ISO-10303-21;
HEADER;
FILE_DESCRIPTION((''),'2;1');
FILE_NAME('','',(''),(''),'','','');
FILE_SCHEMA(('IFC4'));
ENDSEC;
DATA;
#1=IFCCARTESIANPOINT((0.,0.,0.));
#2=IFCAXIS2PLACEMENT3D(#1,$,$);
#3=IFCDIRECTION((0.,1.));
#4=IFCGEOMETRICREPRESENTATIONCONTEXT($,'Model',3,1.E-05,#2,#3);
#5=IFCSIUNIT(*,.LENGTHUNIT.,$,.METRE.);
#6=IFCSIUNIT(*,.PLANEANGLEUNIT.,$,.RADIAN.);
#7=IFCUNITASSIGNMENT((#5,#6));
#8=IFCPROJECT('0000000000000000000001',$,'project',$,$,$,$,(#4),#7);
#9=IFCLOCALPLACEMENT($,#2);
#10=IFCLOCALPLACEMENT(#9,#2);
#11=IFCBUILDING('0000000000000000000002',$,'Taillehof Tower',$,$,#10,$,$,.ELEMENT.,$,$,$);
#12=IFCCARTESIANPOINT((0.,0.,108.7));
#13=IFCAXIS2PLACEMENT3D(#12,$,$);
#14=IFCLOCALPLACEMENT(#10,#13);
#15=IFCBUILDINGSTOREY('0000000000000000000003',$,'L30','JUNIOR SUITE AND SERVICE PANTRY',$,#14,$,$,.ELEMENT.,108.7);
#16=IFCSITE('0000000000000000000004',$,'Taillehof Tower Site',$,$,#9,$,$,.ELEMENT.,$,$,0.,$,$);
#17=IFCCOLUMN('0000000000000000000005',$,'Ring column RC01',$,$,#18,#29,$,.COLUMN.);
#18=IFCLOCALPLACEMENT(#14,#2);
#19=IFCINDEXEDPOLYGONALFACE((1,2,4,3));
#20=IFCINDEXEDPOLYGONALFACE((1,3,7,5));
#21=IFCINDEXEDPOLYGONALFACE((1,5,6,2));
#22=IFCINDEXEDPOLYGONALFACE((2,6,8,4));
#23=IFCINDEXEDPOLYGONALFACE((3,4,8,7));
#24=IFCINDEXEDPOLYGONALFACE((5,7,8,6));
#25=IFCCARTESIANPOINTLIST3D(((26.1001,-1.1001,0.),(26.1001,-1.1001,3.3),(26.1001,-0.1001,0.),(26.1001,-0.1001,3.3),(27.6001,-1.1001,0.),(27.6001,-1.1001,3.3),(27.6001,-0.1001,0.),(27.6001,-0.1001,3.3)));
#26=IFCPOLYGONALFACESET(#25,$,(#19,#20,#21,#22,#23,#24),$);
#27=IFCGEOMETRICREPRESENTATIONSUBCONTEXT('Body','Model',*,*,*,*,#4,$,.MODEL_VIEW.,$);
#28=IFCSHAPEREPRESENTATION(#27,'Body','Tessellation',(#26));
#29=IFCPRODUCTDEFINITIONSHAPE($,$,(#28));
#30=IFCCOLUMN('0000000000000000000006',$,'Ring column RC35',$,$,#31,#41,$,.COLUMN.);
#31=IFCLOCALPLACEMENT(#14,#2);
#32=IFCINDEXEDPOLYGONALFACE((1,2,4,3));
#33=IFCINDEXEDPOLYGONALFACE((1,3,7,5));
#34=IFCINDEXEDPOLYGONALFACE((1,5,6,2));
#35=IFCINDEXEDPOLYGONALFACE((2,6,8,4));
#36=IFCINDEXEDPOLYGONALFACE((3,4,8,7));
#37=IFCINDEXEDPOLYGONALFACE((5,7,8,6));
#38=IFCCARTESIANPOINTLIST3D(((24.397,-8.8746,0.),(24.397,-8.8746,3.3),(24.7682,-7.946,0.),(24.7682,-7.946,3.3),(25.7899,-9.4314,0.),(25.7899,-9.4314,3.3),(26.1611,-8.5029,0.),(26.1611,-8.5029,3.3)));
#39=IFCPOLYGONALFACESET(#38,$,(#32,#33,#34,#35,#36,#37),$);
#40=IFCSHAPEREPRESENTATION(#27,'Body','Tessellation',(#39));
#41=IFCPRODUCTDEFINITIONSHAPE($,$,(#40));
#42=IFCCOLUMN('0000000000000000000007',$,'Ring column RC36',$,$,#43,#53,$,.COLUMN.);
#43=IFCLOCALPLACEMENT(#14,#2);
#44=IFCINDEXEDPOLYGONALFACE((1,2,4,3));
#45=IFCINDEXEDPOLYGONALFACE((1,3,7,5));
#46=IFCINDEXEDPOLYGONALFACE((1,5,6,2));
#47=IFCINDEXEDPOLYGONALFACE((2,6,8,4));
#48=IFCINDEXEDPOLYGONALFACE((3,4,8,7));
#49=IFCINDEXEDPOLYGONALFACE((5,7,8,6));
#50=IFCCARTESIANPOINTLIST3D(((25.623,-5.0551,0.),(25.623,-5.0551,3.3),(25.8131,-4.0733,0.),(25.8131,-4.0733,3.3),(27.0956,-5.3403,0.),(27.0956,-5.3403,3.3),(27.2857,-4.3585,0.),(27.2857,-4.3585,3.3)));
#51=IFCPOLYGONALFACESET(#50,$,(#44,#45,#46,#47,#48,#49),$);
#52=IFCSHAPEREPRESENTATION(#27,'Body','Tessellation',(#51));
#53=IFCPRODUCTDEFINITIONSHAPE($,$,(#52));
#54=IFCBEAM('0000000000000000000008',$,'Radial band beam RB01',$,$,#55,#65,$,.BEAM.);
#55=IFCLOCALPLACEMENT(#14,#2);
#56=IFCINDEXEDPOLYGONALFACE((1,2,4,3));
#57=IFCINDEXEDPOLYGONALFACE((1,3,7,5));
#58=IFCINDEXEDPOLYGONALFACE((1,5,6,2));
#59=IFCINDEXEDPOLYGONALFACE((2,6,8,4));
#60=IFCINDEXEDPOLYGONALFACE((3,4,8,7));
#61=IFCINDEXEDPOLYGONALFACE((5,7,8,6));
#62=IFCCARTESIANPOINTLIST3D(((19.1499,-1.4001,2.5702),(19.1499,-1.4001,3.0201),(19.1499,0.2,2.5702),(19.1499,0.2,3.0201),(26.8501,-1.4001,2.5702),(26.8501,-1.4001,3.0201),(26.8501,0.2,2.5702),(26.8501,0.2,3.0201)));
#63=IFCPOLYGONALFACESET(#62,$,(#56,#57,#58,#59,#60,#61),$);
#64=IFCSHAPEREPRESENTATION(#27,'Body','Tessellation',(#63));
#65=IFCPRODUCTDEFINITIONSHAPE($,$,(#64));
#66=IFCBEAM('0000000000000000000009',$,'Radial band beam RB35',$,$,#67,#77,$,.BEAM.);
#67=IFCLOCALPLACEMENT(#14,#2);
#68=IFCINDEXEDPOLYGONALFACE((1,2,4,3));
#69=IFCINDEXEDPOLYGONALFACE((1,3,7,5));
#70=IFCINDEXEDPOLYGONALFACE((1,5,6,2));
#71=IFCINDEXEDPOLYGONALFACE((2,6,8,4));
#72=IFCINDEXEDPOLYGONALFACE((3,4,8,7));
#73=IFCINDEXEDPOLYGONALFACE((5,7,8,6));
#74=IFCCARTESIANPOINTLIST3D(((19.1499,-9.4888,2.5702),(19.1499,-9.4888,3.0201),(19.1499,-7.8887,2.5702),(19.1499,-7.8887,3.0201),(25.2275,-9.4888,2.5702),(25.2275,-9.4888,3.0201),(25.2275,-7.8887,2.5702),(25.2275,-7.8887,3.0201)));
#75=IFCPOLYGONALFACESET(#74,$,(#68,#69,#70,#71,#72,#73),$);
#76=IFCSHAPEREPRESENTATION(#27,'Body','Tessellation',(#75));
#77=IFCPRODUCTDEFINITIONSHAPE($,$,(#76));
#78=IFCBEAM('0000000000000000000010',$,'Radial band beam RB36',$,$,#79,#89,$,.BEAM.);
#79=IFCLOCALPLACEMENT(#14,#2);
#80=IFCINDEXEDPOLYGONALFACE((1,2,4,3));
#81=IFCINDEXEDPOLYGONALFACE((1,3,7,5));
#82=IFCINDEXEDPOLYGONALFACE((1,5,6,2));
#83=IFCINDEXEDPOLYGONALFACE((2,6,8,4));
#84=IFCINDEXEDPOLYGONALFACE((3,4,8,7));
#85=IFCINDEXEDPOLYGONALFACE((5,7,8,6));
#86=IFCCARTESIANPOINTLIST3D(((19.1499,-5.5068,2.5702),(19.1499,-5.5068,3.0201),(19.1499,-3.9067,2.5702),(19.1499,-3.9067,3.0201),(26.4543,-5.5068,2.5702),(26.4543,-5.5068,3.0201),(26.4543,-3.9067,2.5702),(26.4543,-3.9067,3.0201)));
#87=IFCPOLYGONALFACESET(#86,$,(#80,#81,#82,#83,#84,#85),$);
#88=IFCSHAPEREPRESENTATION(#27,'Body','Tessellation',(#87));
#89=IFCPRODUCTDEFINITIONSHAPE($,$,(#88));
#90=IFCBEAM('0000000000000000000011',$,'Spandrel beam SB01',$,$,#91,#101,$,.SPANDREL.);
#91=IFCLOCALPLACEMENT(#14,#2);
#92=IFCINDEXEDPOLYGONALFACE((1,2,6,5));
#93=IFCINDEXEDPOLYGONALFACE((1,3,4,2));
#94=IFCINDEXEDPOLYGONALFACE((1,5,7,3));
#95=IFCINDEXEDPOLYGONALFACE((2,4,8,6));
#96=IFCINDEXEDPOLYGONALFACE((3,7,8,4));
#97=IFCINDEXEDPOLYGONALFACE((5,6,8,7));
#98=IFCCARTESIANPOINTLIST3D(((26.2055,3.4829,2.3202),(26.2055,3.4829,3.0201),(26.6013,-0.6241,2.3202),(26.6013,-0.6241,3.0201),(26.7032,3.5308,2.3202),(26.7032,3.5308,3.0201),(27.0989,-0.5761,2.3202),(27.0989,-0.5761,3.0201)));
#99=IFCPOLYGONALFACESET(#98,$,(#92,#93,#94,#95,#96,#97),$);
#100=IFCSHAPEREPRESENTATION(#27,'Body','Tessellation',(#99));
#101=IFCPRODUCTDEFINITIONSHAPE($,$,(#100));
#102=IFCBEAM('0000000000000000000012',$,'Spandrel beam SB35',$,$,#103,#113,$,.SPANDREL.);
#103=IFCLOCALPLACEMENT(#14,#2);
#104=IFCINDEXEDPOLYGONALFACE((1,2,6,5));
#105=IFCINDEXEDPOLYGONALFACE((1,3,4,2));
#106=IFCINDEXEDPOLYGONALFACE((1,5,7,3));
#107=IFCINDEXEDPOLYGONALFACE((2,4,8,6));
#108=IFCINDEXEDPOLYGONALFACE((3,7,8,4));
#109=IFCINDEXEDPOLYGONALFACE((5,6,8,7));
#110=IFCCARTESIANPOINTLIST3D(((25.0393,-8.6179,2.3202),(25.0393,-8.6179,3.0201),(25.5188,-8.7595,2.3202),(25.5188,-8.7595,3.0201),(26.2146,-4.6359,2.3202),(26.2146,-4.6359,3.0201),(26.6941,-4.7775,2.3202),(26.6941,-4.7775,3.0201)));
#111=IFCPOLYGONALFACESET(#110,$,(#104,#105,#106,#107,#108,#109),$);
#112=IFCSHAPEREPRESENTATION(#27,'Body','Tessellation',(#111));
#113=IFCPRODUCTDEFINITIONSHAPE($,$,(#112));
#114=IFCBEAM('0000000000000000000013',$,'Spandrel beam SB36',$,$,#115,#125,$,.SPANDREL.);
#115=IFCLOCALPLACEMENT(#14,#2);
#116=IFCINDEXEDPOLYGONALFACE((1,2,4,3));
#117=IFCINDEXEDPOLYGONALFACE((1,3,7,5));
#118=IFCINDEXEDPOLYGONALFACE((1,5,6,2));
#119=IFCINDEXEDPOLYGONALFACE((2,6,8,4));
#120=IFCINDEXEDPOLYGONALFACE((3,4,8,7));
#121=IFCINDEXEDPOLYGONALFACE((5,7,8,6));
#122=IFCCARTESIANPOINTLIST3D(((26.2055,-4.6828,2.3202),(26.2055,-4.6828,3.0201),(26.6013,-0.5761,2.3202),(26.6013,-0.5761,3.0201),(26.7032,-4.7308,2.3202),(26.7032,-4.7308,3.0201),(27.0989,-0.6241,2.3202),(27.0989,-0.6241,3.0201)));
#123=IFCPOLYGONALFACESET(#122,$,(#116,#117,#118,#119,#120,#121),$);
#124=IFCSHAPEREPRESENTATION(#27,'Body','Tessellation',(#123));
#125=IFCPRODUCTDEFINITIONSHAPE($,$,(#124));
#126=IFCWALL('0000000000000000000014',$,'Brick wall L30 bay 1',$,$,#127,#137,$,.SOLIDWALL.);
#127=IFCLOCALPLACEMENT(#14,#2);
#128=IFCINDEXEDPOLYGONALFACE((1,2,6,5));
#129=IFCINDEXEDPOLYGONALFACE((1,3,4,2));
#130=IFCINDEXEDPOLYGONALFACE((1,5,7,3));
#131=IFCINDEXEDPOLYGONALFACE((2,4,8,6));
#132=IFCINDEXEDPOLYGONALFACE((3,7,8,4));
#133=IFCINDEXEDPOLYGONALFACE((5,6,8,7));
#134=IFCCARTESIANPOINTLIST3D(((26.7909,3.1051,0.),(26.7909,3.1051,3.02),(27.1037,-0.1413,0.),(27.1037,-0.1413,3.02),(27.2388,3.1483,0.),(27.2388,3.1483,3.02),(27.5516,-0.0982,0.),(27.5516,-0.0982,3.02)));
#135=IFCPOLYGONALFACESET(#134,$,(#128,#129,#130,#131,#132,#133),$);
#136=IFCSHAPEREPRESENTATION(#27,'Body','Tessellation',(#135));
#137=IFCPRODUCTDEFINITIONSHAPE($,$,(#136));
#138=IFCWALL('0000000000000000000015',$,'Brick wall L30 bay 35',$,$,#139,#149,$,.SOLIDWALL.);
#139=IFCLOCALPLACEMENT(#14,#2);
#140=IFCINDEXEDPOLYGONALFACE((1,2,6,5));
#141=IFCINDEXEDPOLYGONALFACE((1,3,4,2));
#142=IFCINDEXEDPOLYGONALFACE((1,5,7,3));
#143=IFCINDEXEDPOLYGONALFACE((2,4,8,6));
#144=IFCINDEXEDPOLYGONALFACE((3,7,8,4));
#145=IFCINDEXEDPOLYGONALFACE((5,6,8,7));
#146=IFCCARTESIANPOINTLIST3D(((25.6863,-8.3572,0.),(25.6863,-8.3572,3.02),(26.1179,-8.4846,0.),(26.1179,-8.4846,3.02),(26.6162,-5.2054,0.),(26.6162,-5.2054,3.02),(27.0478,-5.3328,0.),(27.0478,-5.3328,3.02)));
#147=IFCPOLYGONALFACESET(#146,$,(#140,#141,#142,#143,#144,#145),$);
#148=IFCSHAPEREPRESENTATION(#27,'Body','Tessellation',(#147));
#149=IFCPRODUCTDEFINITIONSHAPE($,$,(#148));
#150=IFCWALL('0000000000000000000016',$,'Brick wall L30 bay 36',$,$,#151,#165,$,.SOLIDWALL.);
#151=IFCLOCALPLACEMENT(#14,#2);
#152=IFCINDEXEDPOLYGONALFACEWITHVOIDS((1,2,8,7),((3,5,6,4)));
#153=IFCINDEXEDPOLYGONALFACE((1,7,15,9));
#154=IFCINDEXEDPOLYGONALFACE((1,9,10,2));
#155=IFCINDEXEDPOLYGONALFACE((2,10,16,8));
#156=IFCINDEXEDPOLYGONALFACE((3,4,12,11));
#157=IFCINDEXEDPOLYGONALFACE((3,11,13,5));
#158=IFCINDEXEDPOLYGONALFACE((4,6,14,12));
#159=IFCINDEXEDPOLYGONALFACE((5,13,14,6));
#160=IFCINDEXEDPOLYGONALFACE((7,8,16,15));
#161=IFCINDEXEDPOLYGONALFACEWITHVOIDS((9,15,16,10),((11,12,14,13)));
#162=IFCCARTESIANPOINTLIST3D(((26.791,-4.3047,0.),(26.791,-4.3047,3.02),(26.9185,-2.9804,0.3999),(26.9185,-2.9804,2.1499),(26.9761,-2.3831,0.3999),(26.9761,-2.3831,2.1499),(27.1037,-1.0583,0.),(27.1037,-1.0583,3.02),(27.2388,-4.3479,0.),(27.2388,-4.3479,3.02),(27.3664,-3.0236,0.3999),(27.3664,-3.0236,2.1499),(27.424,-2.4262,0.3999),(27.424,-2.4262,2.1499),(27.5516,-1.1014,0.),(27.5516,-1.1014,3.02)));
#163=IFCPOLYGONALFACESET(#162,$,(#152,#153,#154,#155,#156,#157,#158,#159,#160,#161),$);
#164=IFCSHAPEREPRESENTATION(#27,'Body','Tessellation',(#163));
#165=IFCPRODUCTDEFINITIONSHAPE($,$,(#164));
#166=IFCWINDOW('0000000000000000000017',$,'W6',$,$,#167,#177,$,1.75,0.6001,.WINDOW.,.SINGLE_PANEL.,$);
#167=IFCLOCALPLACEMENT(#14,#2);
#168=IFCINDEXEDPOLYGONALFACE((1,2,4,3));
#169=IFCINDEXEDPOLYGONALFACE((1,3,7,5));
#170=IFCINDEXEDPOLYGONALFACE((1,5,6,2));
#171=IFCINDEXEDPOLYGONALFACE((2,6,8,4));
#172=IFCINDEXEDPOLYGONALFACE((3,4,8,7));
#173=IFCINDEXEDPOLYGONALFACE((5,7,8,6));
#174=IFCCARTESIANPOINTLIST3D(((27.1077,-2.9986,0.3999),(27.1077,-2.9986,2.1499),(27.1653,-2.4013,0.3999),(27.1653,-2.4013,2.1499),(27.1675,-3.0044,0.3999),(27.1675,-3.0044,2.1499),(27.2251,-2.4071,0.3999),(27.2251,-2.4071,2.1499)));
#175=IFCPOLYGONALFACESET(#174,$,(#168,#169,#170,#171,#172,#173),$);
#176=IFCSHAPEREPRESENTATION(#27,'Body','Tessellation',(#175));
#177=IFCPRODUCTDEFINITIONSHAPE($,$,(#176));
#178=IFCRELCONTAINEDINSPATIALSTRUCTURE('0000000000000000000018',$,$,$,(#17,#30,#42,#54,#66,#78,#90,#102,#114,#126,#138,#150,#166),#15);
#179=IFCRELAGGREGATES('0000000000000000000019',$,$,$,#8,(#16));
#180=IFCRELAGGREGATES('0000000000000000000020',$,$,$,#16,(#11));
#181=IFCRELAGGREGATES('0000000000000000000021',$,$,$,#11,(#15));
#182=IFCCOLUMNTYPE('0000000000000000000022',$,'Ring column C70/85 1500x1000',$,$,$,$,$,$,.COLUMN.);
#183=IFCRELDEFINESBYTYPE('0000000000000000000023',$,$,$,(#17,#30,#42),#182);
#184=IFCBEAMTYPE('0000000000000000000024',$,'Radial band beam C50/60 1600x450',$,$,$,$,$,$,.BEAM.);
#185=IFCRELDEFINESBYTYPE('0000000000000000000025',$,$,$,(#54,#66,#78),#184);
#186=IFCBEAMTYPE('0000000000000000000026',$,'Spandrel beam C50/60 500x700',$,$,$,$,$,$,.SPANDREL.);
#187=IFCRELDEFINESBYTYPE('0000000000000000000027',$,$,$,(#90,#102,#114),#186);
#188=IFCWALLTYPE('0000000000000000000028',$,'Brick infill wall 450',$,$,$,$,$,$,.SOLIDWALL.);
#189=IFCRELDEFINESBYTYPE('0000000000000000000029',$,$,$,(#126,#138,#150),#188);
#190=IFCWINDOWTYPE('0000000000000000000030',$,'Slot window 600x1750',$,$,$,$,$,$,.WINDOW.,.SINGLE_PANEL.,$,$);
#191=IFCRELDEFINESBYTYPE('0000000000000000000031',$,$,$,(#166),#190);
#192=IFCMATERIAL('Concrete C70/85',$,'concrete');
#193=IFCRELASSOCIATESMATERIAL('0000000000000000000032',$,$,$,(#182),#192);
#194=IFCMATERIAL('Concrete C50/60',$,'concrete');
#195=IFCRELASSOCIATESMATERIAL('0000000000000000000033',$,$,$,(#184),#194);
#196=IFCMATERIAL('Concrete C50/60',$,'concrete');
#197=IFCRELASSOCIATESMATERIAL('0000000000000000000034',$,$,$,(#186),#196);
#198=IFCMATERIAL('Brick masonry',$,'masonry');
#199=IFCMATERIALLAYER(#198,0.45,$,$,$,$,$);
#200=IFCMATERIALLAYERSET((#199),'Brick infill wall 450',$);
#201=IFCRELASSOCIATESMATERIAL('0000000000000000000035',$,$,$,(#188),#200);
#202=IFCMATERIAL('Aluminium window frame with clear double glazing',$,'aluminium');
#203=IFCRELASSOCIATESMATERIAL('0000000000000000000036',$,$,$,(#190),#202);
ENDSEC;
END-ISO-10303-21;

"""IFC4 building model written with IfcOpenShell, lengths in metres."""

from ifc_helpers import new_model, si_unit, direction, frame, frame_2d, origin, origin_2d, place, context, subcontext, project, spatial, rectangle, extrude, material, layer, layer_set, material_profile, profile_set, type_object, element, fill, save


model = new_model("IFC4")

# Units and contexts
model_context = context("Model", 3, precision=1e-05, world=origin(), true_north=direction((0.0, 1.0)))
body_context = subcontext(model_context, "Body", "Model", "MODEL_VIEW")
ifc_project = project(units=[si_unit("LENGTHUNIT", "METRE"), si_unit("PLANEANGLEUNIT", "RADIAN")], contexts=[model_context])

# Site, building, storey
site_placement = place(None, origin())
site = spatial("IfcSite", under=ifc_project, at=site_placement, Name="Taillehof Tower Site", CompositionType="ELEMENT", RefElevation=0.0)
building_placement = place(site_placement, origin())
building = spatial("IfcBuilding", under=site, at=building_placement, Name="Taillehof Tower", CompositionType="ELEMENT")
storey_placement = place(building_placement, frame((0.0, 0.0, 108.7)))
storey = spatial("IfcBuildingStorey", under=building, at=storey_placement, Name="L30", Description="JUNIOR SUITE AND SERVICE PANTRY", CompositionType="ELEMENT", Elevation=108.7)

# Columns
ifc_material_1 = material(Name="Concrete C70/85", Category="concrete")
ifc_material_profile_1 = material_profile(ifc_material_1, rectangle(XDim=1.5, YDim=1.0, at=origin_2d()), Name="RC 1500x1000")
ifc_profile_set_1 = profile_set([ifc_material_profile_1], Name="Concrete C70/85")
column_type = type_object("IfcColumnType", Name="Ring column C70/85 1500x1000", PredefinedType="COLUMN", material=ifc_profile_set_1)
for number, where, z_axis, x_axis, name in (
    (1, (26.8501, -0.6001, 0.0), (0.0, 0.0, 1.0), (1.0, 0.0, 0.0), "Ring column RC01"),
    (2, (25.2791, -8.6887, 0.0), (0.0, 0.0, 1.0), (0.92855, -0.371207, 0.0), "Ring column RC35"),
    (3, (26.4543, -4.7068, 0.0), (0.0, 0.0, 1.0), (0.981757, -0.190138, 0.0), "Ring column RC36"),
):
    element("IfcColumn", number, at=place(storey_placement, frame(where, z_axis=z_axis, x_axis=x_axis)), inside=storey, type_object=column_type, Name=name, PredefinedType="COLUMN", context=body_context, shape_type="SweptSolid", body=[
        extrude(rectangle(XDim=1.5, YDim=1.0, at=origin_2d()), origin(), (0.0, 0.0, 1.0), 3.3),
    ])

# Beams
ifc_material_2 = material(Name="Concrete C50/60", Category="concrete")
ifc_material_profile_2 = material_profile(ifc_material_2, rectangle(XDim=1.6001, YDim=0.45, at=origin_2d()), Name="RC 1600x450")
ifc_profile_set_2 = profile_set([ifc_material_profile_2], Name="Concrete C50/60")
beam_type_1 = type_object("IfcBeamType", Name="Radial band beam C50/60 1600x450", PredefinedType="BEAM", material=ifc_profile_set_2)
beam_1_placement = place(storey_placement, frame((26.8501, -0.6001, 2.7952), z_axis=(-1.0, 0.0, 0.0), x_axis=(0.0, -1.0, 0.0)))
element("IfcBeam", 4, at=beam_1_placement, inside=storey, type_object=beam_type_1, Name="Radial band beam RB01", PredefinedType="BEAM", context=body_context, shape_type="SweptSolid", body=[
    extrude(rectangle(XDim=1.6001, YDim=0.45, at=origin_2d()), origin(), (0.0, 0.0, 1.0), 7.7002),
])
beam_2_placement = place(storey_placement, frame((25.2275, -8.6887, 2.7952), z_axis=(-1.0, 0.0, 0.0), x_axis=(0.0, -1.0, 0.0)))
element("IfcBeam", 5, at=beam_2_placement, inside=storey, type_object=beam_type_1, Name="Radial band beam RB35", PredefinedType="BEAM", context=body_context, shape_type="SweptSolid", body=[
    extrude(rectangle(XDim=1.6001, YDim=0.45, at=origin_2d()), origin(), (0.0, 0.0, 1.0), 6.0776),
])
beam_3_placement = place(storey_placement, frame((26.4543, -4.7068, 2.7952), z_axis=(-1.0, 0.0, 0.0), x_axis=(0.0, -1.0, 0.0)))
element("IfcBeam", 6, at=beam_3_placement, inside=storey, type_object=beam_type_1, Name="Radial band beam RB36", PredefinedType="BEAM", context=body_context, shape_type="SweptSolid", body=[
    extrude(rectangle(XDim=1.6001, YDim=0.45, at=origin_2d()), origin(), (0.0, 0.0, 1.0), 7.3044),
])
ifc_material_3 = material(Name="Concrete C50/60", Category="concrete")
ifc_material_profile_3 = material_profile(ifc_material_3, rectangle(XDim=0.5, YDim=0.7, at=origin_2d()), Name="RC 500x700")
ifc_profile_set_3 = profile_set([ifc_material_profile_3], Name="Concrete C50/60")
beam_type_2 = type_object("IfcBeamType", Name="Spandrel beam C50/60 500x700", PredefinedType="SPANDREL", material=ifc_profile_set_3)
beam_4_placement = place(storey_placement, frame((26.8501, -0.6001, 2.6702), z_axis=(-0.095918, 0.995389, 0.0), x_axis=(-0.995389, -0.095918, 0.0)))
element("IfcBeam", 7, at=beam_4_placement, inside=storey, type_object=beam_type_2, Name="Spandrel beam SB01", PredefinedType="SPANDREL", context=body_context, shape_type="SweptSolid", body=[
    extrude(rectangle(XDim=0.5, YDim=0.7, at=origin_2d()), origin(), (0.0, 0.0, 1.0), 4.126),
])
beam_5_placement = place(storey_placement, frame((25.2791, -8.6887, 2.6702), z_axis=(0.283083, 0.959095, 0.0), x_axis=(-0.959095, 0.283083, 0.0)))
element("IfcBeam", 8, at=beam_5_placement, inside=storey, type_object=beam_type_2, Name="Spandrel beam SB35", PredefinedType="SPANDREL", context=body_context, shape_type="SweptSolid", body=[
    extrude(rectangle(XDim=0.5, YDim=0.7, at=origin_2d()), origin(), (0.0, 0.0, 1.0), 4.1519),
])
beam_6_placement = place(storey_placement, frame((26.4543, -4.7068, 2.6702), z_axis=(0.095923, 0.995389, 0.0), x_axis=(-0.995389, 0.095923, 0.0)))
element("IfcBeam", 9, at=beam_6_placement, inside=storey, type_object=beam_type_2, Name="Spandrel beam SB36", PredefinedType="SPANDREL", context=body_context, shape_type="SweptSolid", body=[
    extrude(rectangle(XDim=0.5, YDim=0.7, at=origin_2d()), origin(), (0.0, 0.0, 1.0), 4.1257),
])

# Walls
ifc_material_4 = material(Name="Brick masonry", Category="masonry")
ifc_layer_1 = layer(ifc_material_4, 0.45)
ifc_layer_set_1 = layer_set([ifc_layer_1], Name="Brick infill wall 450")
wall_type_1 = type_object("IfcWallType", Name="Brick infill wall 450", PredefinedType="SOLIDWALL", material=ifc_layer_set_1)
wall_1_placement = place(storey_placement, frame((27.3276, -0.1199, 0.0), z_axis=(0.0, 0.0, 1.0), x_axis=(-0.095894, 0.995392, 0.0)))
element("IfcWall", 10, at=wall_1_placement, inside=storey, type_object=wall_type_1, Name="Brick wall L30 bay 1", PredefinedType="SOLIDWALL", context=body_context, shape_type="SweptSolid", body=[
    extrude(rectangle(XDim=3.2615, YDim=0.45, at=frame_2d((1.6309, 0.0))), origin(), (0.0, 0.0, 1.0), 3.02),
])
wall_2_placement = place(storey_placement, frame((25.9021, -8.4209, 0.0), z_axis=(0.0, 0.0, 1.0), x_axis=(0.282983, 0.959125, 0.0)))
element("IfcWall", 11, at=wall_2_placement, inside=storey, type_object=wall_type_1, Name="Brick wall L30 bay 35", PredefinedType="SOLIDWALL", context=body_context, shape_type="SweptSolid", body=[
    extrude(rectangle(XDim=3.2861, YDim=0.45, at=frame_2d((1.6431, 0.0))), origin(), (0.0, 0.0, 1.0), 3.02),
])

# Wall, opening, window
wall_3_placement = place(storey_placement, frame((27.0149, -4.3264, 0.0), z_axis=(0.0, 0.0, 1.0), x_axis=(0.095894, 0.995392, 0.0)))
wall_3 = element("IfcWall", 12, at=wall_3_placement, inside=storey, type_object=wall_type_1, Name="Brick wall L30 bay 36", PredefinedType="SOLIDWALL", context=body_context, shape_type="SweptSolid", body=[
    extrude(rectangle(XDim=3.2615, YDim=0.45, at=frame_2d((1.6309, 0.0))), origin(), (0.0, 0.0, 1.0), 3.02),
])
opening_1_placement = place(wall_3_placement, frame((1.3306, 0.0, 0.3999)))
opening_1 = element("IfcOpeningElement", 13, at=opening_1_placement, cuts=wall_3, PredefinedType="OPENING", context=body_context, shape_type="SweptSolid", body=[
    extrude(rectangle(XDim=0.6001, YDim=1.75, at=frame_2d((0.3, 0.875))), frame((0.0, 0.2349, 0.0), z_axis=(0.0, -1.0, 0.0), x_axis=(1.0, 0.0, 0.0)), (0.0, 0.0, 1.0), 0.47),
])
ifc_material_5 = material(Name="Aluminium window frame with clear double glazing", Category="aluminium")
window_type = type_object("IfcWindowType", Name="Slot window 600x1750", PartitioningType="SINGLE_PANEL", PredefinedType="WINDOW", material=ifc_material_5)
window_placement = place(opening_1_placement, origin())
window = element("IfcWindow", 14, at=window_placement, inside=storey, type_object=window_type, Name="W6", OverallHeight=1.75, OverallWidth=0.6001, PartitioningType="SINGLE_PANEL", PredefinedType="WINDOW", context=body_context, shape_type="SweptSolid", body=[
    extrude(rectangle(XDim=0.6001, YDim=1.75, at=frame_2d((0.3, 0.875))), frame((0.0, 0.0349, 0.0), z_axis=(0.0, -1.0, 0.0), x_axis=(1.0, 0.0, 0.0)), (0.0, 0.0, 1.0), 0.0601),
])
fill(opening_1, window)

save(model, "model.ifc")
